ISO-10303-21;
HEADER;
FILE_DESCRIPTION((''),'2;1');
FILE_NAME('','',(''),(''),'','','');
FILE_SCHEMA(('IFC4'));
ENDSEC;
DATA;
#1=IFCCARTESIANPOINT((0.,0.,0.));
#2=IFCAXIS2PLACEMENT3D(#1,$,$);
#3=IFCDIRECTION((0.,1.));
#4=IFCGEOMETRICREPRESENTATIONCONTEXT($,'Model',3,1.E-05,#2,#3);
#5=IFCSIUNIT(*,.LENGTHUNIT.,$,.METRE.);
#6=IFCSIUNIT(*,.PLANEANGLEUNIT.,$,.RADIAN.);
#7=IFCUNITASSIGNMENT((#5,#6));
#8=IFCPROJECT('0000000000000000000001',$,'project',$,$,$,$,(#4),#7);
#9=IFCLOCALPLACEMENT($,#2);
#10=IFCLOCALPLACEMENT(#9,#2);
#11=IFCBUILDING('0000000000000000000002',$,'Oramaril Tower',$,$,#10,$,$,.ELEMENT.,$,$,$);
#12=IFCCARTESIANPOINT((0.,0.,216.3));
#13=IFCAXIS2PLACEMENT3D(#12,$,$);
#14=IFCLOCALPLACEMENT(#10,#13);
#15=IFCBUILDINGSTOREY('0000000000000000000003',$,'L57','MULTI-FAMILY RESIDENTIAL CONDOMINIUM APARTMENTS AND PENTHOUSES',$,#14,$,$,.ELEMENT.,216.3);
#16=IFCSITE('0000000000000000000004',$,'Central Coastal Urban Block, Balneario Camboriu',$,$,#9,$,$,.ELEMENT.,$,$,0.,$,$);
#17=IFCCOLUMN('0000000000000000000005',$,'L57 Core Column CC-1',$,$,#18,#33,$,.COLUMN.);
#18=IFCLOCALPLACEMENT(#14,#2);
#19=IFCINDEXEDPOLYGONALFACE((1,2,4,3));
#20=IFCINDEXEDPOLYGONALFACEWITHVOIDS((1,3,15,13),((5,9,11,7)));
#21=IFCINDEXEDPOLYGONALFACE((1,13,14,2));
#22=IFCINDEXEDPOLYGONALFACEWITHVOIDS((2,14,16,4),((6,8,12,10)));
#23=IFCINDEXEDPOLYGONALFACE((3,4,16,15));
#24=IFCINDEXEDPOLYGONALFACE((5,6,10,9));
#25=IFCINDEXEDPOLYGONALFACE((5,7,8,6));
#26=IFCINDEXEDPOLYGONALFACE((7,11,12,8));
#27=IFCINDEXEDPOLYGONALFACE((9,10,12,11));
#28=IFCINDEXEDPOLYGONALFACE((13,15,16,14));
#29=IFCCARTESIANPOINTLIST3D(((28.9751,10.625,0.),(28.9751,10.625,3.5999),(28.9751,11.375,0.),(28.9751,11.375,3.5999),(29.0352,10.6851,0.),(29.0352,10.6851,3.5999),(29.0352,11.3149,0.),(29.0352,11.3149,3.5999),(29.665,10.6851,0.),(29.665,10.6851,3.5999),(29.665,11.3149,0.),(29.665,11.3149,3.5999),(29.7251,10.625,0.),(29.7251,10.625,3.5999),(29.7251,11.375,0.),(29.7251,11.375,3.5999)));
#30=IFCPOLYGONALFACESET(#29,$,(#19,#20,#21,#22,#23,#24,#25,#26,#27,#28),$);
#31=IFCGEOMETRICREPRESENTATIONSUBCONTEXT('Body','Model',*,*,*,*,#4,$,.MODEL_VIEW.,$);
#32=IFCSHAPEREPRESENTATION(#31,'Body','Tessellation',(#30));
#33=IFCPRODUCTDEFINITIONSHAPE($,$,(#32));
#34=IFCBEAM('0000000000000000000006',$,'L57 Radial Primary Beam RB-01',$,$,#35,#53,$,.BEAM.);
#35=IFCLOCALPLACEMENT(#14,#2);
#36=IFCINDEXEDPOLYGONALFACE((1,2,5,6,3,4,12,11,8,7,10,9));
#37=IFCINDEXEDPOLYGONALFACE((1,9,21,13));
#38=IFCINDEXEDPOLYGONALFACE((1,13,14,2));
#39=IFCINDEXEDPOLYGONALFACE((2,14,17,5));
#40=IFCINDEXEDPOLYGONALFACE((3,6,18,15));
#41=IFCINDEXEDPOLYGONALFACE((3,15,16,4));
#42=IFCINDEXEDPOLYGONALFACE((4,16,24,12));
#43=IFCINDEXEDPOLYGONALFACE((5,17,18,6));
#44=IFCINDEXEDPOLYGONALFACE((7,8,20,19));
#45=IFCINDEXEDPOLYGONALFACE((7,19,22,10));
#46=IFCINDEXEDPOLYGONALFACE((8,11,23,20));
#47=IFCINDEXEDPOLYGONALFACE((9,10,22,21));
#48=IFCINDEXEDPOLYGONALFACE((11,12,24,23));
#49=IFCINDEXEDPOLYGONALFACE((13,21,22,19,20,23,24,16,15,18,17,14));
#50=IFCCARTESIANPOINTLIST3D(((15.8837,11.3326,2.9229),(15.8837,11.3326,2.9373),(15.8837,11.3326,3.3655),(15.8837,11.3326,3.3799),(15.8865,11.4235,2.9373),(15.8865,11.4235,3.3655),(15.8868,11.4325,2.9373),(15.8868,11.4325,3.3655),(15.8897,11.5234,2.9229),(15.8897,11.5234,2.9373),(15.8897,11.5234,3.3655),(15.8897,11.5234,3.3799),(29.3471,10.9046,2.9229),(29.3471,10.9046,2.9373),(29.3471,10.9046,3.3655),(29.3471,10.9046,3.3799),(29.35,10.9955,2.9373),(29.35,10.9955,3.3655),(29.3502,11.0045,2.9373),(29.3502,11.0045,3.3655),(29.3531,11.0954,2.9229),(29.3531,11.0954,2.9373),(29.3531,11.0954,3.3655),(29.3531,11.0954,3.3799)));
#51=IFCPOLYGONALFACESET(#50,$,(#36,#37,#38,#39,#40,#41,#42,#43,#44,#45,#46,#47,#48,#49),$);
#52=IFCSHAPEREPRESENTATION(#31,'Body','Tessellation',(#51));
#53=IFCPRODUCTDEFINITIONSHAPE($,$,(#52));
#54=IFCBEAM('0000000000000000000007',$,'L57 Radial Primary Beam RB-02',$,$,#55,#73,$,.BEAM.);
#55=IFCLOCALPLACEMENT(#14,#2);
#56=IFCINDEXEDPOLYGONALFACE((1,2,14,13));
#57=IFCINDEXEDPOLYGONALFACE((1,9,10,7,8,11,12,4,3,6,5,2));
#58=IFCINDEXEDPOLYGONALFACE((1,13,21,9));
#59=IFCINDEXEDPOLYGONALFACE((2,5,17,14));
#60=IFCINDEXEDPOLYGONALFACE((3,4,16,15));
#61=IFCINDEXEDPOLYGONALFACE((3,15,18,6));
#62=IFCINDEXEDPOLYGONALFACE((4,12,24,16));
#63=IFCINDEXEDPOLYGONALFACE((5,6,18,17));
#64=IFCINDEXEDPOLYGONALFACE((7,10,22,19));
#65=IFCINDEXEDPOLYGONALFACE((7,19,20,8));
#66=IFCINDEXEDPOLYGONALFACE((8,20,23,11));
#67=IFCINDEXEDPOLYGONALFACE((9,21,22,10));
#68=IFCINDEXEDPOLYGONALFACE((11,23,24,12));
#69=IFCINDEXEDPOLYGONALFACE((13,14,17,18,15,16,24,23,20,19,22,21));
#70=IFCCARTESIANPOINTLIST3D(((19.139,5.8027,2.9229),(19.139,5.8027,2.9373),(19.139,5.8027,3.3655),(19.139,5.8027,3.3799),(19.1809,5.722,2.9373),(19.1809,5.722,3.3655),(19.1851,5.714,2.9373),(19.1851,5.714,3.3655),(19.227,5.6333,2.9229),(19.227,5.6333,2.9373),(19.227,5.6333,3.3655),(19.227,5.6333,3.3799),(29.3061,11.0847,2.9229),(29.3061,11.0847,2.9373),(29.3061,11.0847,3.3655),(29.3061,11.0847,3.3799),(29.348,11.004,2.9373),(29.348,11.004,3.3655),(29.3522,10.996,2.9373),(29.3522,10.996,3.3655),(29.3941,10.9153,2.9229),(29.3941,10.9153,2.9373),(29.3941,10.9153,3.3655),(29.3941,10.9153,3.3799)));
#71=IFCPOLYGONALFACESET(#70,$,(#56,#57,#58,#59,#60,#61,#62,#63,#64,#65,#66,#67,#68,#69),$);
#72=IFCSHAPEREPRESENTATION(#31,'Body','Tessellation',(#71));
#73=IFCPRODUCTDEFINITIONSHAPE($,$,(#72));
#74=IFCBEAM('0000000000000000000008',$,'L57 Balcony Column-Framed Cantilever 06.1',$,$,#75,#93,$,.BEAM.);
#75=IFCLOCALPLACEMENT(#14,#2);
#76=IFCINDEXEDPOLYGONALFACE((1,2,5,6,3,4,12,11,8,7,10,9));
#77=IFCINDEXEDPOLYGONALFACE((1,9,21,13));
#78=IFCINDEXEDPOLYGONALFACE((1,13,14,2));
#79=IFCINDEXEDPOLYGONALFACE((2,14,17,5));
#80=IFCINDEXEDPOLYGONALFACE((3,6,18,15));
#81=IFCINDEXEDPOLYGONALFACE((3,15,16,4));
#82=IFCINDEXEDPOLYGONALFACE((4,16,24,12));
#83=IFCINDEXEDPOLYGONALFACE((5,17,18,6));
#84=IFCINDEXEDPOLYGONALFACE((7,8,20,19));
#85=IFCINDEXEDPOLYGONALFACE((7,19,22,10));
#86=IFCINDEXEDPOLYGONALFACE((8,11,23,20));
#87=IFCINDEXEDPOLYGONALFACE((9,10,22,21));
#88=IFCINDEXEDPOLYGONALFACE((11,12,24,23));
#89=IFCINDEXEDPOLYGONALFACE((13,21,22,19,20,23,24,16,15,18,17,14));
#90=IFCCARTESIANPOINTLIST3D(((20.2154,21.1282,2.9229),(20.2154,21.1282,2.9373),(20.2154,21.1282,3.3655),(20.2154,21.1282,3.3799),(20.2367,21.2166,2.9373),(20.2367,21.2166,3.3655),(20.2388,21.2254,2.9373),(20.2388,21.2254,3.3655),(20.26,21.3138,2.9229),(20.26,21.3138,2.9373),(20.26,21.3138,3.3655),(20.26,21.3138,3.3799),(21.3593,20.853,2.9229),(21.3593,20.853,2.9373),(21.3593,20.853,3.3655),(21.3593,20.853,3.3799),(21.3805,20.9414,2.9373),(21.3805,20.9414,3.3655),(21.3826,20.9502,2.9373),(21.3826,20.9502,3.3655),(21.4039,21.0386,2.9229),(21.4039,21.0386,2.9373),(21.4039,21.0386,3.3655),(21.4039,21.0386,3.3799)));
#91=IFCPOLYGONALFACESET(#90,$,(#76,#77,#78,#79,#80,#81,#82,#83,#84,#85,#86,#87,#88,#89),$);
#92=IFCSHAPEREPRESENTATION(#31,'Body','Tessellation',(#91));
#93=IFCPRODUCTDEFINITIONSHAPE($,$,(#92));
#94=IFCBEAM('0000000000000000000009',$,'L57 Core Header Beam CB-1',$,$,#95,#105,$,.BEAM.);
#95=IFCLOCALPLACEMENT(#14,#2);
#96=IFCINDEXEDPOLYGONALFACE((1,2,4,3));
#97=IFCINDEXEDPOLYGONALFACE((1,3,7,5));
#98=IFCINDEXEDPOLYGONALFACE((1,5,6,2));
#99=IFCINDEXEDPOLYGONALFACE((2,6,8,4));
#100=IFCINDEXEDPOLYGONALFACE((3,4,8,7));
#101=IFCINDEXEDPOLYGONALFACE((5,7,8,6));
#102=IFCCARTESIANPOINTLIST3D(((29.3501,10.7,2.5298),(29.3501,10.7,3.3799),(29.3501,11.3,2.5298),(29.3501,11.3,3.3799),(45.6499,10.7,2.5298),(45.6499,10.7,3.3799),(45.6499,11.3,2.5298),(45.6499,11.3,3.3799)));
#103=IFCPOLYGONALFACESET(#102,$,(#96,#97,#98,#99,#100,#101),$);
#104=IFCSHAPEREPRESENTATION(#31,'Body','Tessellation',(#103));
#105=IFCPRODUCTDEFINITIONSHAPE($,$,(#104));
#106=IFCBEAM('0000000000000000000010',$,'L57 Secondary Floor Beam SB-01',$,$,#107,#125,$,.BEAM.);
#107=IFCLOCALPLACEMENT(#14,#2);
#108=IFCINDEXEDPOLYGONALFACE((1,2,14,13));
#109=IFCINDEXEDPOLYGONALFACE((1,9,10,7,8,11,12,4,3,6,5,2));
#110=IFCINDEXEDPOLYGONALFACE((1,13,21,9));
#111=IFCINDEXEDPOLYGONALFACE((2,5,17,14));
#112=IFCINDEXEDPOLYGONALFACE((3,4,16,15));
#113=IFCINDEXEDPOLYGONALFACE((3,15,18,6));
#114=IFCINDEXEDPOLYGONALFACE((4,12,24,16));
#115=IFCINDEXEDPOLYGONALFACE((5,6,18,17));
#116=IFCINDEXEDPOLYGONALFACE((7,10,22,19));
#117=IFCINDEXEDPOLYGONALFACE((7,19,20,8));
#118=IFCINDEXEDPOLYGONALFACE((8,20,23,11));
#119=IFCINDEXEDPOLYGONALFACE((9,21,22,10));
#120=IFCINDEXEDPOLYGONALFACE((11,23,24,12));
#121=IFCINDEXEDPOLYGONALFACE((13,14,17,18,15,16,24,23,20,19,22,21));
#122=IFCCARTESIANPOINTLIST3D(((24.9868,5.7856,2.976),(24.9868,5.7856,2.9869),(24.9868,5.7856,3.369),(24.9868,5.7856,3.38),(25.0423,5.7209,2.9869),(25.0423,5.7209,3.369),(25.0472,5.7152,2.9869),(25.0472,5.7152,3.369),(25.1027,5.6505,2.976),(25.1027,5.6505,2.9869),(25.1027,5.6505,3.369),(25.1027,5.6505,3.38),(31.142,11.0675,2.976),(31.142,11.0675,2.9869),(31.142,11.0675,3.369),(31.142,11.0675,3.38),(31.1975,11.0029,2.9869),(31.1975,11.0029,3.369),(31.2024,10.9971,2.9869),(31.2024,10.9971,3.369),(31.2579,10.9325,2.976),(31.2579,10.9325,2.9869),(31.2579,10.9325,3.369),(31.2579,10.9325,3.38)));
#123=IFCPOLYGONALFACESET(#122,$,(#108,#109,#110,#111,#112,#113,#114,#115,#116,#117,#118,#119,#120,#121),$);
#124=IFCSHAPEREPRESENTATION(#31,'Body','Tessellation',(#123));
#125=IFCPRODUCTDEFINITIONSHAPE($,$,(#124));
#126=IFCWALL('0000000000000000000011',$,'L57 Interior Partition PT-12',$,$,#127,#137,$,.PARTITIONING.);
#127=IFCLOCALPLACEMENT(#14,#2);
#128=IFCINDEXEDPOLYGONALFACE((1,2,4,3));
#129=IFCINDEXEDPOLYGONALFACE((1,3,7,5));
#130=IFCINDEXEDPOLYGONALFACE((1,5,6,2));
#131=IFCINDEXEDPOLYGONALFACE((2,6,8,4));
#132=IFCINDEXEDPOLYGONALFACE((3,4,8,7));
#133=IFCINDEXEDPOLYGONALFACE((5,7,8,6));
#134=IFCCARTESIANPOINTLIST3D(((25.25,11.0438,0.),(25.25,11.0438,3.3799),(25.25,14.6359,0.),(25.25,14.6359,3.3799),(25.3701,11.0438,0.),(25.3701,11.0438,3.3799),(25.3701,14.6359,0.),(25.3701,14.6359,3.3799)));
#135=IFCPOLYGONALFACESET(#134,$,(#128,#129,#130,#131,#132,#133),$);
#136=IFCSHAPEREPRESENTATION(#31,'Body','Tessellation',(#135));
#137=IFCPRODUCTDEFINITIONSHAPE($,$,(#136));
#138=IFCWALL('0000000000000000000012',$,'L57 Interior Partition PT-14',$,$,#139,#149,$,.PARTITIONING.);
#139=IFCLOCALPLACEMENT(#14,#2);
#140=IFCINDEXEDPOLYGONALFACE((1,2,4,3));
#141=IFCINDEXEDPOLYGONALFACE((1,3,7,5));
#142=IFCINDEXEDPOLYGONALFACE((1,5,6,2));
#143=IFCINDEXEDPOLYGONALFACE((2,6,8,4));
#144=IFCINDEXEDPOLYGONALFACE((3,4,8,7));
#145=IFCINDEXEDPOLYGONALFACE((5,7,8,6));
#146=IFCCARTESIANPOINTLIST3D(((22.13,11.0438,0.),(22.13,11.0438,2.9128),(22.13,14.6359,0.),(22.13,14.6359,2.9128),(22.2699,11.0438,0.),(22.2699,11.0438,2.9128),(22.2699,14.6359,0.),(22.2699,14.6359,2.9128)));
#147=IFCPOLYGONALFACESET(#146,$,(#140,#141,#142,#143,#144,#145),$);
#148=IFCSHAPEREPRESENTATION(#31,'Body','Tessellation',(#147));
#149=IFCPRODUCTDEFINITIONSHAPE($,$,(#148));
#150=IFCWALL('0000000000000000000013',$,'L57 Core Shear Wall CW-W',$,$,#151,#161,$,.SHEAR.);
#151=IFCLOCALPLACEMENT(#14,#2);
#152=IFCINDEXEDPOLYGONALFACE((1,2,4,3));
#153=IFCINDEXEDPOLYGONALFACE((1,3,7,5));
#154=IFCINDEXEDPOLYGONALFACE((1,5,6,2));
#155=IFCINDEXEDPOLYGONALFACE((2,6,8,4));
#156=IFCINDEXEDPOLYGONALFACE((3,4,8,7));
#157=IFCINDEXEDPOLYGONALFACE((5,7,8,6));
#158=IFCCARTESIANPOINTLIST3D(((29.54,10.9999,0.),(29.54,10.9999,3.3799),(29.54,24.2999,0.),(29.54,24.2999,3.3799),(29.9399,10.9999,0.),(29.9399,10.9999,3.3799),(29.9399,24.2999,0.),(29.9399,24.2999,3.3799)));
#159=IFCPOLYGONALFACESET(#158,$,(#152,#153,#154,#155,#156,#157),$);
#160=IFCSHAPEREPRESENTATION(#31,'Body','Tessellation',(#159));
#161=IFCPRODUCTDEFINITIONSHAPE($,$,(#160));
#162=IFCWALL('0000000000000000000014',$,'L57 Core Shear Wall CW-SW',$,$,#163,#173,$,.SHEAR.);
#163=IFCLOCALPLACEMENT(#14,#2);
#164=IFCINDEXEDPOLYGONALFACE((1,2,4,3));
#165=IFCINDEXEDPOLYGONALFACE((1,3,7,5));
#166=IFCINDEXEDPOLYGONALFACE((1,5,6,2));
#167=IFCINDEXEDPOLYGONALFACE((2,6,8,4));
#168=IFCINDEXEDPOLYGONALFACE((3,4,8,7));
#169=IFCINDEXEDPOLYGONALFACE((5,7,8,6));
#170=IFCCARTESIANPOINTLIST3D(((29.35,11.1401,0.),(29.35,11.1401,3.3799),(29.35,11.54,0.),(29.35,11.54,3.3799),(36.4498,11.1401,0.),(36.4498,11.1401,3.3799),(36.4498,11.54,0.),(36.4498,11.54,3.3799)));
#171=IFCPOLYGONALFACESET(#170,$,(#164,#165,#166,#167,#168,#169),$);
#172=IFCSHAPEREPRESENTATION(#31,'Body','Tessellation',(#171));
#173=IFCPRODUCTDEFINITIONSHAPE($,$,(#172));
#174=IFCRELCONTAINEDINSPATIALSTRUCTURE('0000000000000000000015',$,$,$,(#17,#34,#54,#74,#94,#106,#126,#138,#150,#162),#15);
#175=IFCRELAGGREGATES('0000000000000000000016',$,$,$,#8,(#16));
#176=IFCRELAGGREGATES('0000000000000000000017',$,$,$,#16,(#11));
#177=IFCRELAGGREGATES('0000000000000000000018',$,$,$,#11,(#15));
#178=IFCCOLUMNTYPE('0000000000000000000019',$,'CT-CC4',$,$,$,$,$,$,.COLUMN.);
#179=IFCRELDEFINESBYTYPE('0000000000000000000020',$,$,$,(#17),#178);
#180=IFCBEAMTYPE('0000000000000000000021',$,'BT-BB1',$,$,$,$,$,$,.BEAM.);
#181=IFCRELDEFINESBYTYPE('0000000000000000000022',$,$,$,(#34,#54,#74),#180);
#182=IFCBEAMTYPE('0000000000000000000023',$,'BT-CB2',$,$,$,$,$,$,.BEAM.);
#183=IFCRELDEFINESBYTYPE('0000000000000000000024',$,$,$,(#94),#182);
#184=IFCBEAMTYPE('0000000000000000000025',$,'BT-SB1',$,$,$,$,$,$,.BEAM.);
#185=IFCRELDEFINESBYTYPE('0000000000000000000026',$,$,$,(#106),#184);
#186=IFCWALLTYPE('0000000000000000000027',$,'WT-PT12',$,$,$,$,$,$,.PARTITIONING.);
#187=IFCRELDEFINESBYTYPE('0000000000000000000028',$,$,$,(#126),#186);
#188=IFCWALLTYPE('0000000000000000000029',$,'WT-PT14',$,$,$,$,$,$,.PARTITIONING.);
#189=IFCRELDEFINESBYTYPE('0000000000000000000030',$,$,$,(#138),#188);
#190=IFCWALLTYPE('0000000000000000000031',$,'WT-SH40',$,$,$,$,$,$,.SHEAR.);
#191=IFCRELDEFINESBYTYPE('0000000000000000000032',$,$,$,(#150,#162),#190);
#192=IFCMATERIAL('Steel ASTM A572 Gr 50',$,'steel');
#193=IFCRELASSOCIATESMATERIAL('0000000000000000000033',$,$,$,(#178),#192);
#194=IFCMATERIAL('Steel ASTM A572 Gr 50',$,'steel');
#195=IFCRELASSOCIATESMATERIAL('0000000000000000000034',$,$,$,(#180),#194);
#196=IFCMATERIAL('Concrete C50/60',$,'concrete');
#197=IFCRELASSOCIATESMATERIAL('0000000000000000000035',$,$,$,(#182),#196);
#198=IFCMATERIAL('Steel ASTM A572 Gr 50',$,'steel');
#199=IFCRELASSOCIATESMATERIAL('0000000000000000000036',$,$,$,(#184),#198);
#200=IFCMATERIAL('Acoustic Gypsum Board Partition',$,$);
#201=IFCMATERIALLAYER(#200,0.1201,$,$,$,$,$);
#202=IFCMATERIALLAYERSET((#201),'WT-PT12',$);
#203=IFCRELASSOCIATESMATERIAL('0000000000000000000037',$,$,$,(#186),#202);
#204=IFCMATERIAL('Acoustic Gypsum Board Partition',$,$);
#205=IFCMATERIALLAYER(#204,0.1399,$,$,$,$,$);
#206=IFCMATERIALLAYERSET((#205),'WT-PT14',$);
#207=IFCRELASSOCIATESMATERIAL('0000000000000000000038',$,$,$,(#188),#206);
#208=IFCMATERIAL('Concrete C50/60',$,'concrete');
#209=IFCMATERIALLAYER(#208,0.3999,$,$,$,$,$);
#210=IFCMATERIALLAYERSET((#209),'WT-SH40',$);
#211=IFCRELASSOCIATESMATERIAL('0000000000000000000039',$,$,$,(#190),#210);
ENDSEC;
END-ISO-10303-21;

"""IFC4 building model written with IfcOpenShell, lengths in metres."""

from ifc_helpers import new_model, si_unit, direction, frame, frame_2d, origin, origin_2d, place, context, subcontext, project, spatial, rectangle, hollow_rectangle, i_section, extrude, material, layer, layer_set, material_profile, profile_set, type_object, element, save


model = new_model("IFC4")

# Units and contexts
model_context = context("Model", 3, precision=1e-05, world=origin(), true_north=direction((0.0, 1.0)))
body_context = subcontext(model_context, "Body", "Model", "MODEL_VIEW")
ifc_project = project(units=[si_unit("LENGTHUNIT", "METRE"), si_unit("PLANEANGLEUNIT", "RADIAN")], contexts=[model_context])

# Site, building, storey
site_placement = place(None, origin())
site = spatial("IfcSite", under=ifc_project, at=site_placement, Name="Central Coastal Urban Block, Balneario Camboriu", CompositionType="ELEMENT", RefElevation=0.0)
building_placement = place(site_placement, origin())
building = spatial("IfcBuilding", under=site, at=building_placement, Name="Oramaril Tower", CompositionType="ELEMENT")
storey_placement = place(building_placement, frame((0.0, 0.0, 216.3)))
storey = spatial("IfcBuildingStorey", under=building, at=storey_placement, Name="L57", Description="MULTI-FAMILY RESIDENTIAL CONDOMINIUM APARTMENTS AND PENTHOUSES", CompositionType="ELEMENT", Elevation=216.3)

# Column
ifc_material_1 = material(Name="Steel ASTM A572 Gr 50", Category="steel")
ifc_material_profile_1 = material_profile(ifc_material_1, hollow_rectangle(XDim=0.75, YDim=0.75, WallThickness=0.0601, at=origin_2d()), Name="BOX750X750X60")
ifc_profile_set_1 = profile_set([ifc_material_profile_1], Name="Steel ASTM A572 Gr 50")
column_type = type_object("IfcColumnType", Name="CT-CC4", PredefinedType="COLUMN", material=ifc_profile_set_1)
column_placement = place(storey_placement, frame((29.3501, 11.0, 0.0), z_axis=(0.0, 0.0, 1.0), x_axis=(1.0, 0.0, 0.0)))
element("IfcColumn", 1, at=column_placement, inside=storey, type_object=column_type, Name="L57 Core Column CC-1", PredefinedType="COLUMN", context=body_context, shape_type="SweptSolid", body=[
    extrude(hollow_rectangle(XDim=0.75, YDim=0.75, WallThickness=0.0601, at=origin_2d()), origin(), (0.0, 0.0, 1.0), 3.5999),
])

# Beams
ifc_material_2 = material(Name="Steel ASTM A572 Gr 50", Category="steel")
ifc_material_profile_2 = material_profile(ifc_material_2, i_section(OverallWidth=0.1909, OverallDepth=0.457, WebThickness=0.009, FlangeThickness=0.0144, at=origin_2d()), Name="W18X50")
ifc_profile_set_2 = profile_set([ifc_material_profile_2], Name="Steel ASTM A572 Gr 50")
beam_type_1 = type_object("IfcBeamType", Name="BT-BB1", PredefinedType="BEAM", material=ifc_profile_set_2)
beam_1_placement = place(storey_placement, frame((29.3501, 11.0, 3.1514), z_axis=(-0.999495, 0.031772, 0.0), x_axis=(-0.031772, -0.999495, 0.0)))
element("IfcBeam", 2, at=beam_1_placement, inside=storey, type_object=beam_type_1, Name="L57 Radial Primary Beam RB-01", PredefinedType="BEAM", context=body_context, shape_type="SweptSolid", body=[
    extrude(i_section(OverallWidth=0.1909, OverallDepth=0.457, WebThickness=0.009, FlangeThickness=0.0144, at=origin_2d()), origin(), (0.0, 0.0, 1.0), 13.4702),
])
beam_2_placement = place(storey_placement, frame((29.3501, 11.0, 3.1514), z_axis=(-0.88739, -0.461019, 0.0), x_axis=(0.461019, -0.88739, 0.0)))
element("IfcBeam", 3, at=beam_2_placement, inside=storey, type_object=beam_type_1, Name="L57 Radial Primary Beam RB-02", PredefinedType="BEAM", context=body_context, shape_type="SweptSolid", body=[
    extrude(i_section(OverallWidth=0.1909, OverallDepth=0.457, WebThickness=0.009, FlangeThickness=0.0144, at=origin_2d()), origin(), (0.0, 0.0, 1.0), 11.4573),
])
beam_3_placement = place(storey_placement, frame((21.3816, 20.9458, 3.1514), z_axis=(-0.972265, 0.233883, 0.0), x_axis=(-0.233883, -0.972265, 0.0)))
element("IfcBeam", 4, at=beam_3_placement, inside=storey, type_object=beam_type_1, Name="L57 Balcony Column-Framed Cantilever 06.1", PredefinedType="BEAM", context=body_context, shape_type="SweptSolid", body=[
    extrude(i_section(OverallWidth=0.1909, OverallDepth=0.457, WebThickness=0.009, FlangeThickness=0.0144, at=origin_2d()), origin(), (0.0, 0.0, 1.0), 1.1765),
])
ifc_material_3 = material(Name="Concrete C50/60", Category="concrete")
ifc_material_profile_3 = material_profile(ifc_material_3, rectangle(XDim=0.6001, YDim=0.8501, at=origin_2d()), Name="CB600X850")
ifc_profile_set_3 = profile_set([ifc_material_profile_3], Name="Concrete C50/60")
beam_type_2 = type_object("IfcBeamType", Name="BT-CB2", PredefinedType="BEAM", material=ifc_profile_set_3)
beam_4_placement = place(storey_placement, frame((29.3501, 11.0, 2.9548), z_axis=(1.0, 0.0, 0.0), x_axis=(0.0, 1.0, 0.0)))
element("IfcBeam", 5, at=beam_4_placement, inside=storey, type_object=beam_type_2, Name="L57 Core Header Beam CB-1", PredefinedType="BEAM", context=body_context, shape_type="SweptSolid", body=[
    extrude(rectangle(XDim=0.6001, YDim=0.8501, at=origin_2d()), origin(), (0.0, 0.0, 1.0), 16.2998),
])
ifc_material_4 = material(Name="Steel ASTM A572 Gr 50", Category="steel")
ifc_material_profile_4 = material_profile(ifc_material_4, i_section(OverallWidth=0.178, OverallDepth=0.4041, WebThickness=0.0076, FlangeThickness=0.011, at=origin_2d()), Name="W16X36")
ifc_profile_set_4 = profile_set([ifc_material_profile_4], Name="Steel ASTM A572 Gr 50")
beam_type_3 = type_object("IfcBeamType", Name="BT-SB1", PredefinedType="BEAM", material=ifc_profile_set_4)
beam_5_placement = place(storey_placement, frame((31.2, 11.0, 3.178), z_axis=(-0.758889, -0.65122, 0.0), x_axis=(0.65122, -0.758889, 0.0)))
element("IfcBeam", 6, at=beam_5_placement, inside=storey, type_object=beam_type_3, Name="L57 Secondary Floor Beam SB-01", PredefinedType="BEAM", context=body_context, shape_type="SweptSolid", body=[
    extrude(i_section(OverallWidth=0.178, OverallDepth=0.4041, WebThickness=0.0076, FlangeThickness=0.011, at=origin_2d()), origin(), (0.0, 0.0, 1.0), 8.1108),
])

# Walls
ifc_material_5 = material(Name="Acoustic Gypsum Board Partition")
ifc_layer_1 = layer(ifc_material_5, 0.1201)
ifc_layer_set_1 = layer_set([ifc_layer_1], Name="WT-PT12")
wall_type_1 = type_object("IfcWallType", Name="WT-PT12", PredefinedType="PARTITIONING", material=ifc_layer_set_1)
wall_1_placement = place(storey_placement, frame((25.3101, 11.0439, 0.0), z_axis=(0.0, 0.0, 1.0), x_axis=(0.0, 1.0, 0.0)))
element("IfcWall", 7, at=wall_1_placement, inside=storey, type_object=wall_type_1, Name="L57 Interior Partition PT-12", PredefinedType="PARTITIONING", context=body_context, shape_type="SweptSolid", body=[
    extrude(rectangle(XDim=3.592, YDim=0.1201, at=frame_2d((1.7959, 0.0))), origin(), (0.0, 0.0, 1.0), 3.3799),
])
ifc_material_6 = material(Name="Acoustic Gypsum Board Partition")
ifc_layer_2 = layer(ifc_material_6, 0.1399)
ifc_layer_set_2 = layer_set([ifc_layer_2], Name="WT-PT14")
wall_type_2 = type_object("IfcWallType", Name="WT-PT14", PredefinedType="PARTITIONING", material=ifc_layer_set_2)
wall_2_placement = place(storey_placement, frame((22.2, 11.0439, 0.0), z_axis=(0.0, 0.0, 1.0), x_axis=(0.0, 1.0, 0.0)))
element("IfcWall", 8, at=wall_2_placement, inside=storey, type_object=wall_type_2, Name="L57 Interior Partition PT-14", PredefinedType="PARTITIONING", context=body_context, shape_type="SweptSolid", body=[
    extrude(rectangle(XDim=3.592, YDim=0.1399, at=frame_2d((1.7959, 0.0))), origin(), (0.0, 0.0, 1.0), 2.9128),
])

# Walls
ifc_material_7 = material(Name="Concrete C50/60", Category="concrete")
ifc_layer_3 = layer(ifc_material_7, 0.3999)
ifc_layer_set_3 = layer_set([ifc_layer_3], Name="WT-SH40")
wall_type_3 = type_object("IfcWallType", Name="WT-SH40", PredefinedType="SHEAR", material=ifc_layer_set_3)
wall_3_placement = place(storey_placement, frame((29.74, 11.0, 0.0), z_axis=(0.0, 0.0, 1.0), x_axis=(0.0, 1.0, 0.0)))
element("IfcWall", 9, at=wall_3_placement, inside=storey, type_object=wall_type_3, Name="L57 Core Shear Wall CW-W", PredefinedType="SHEAR", context=body_context, shape_type="SweptSolid", body=[
    extrude(rectangle(XDim=13.3, YDim=0.3999, at=frame_2d((6.6499, 0.0))), origin(), (0.0, 0.0, 1.0), 3.3799),
])
wall_4_placement = place(storey_placement, frame((29.3501, 11.3401, 0.0), z_axis=(0.0, 0.0, 1.0), x_axis=(1.0, 0.0, 0.0)))
element("IfcWall", 10, at=wall_4_placement, inside=storey, type_object=wall_type_3, Name="L57 Core Shear Wall CW-SW", PredefinedType="SHEAR", context=body_context, shape_type="SweptSolid", body=[
    extrude(rectangle(XDim=7.0999, YDim=0.3999, at=frame_2d((3.5498, 0.0))), origin(), (0.0, 0.0, 1.0), 3.3799),
])

save(model, "model.ifc")
